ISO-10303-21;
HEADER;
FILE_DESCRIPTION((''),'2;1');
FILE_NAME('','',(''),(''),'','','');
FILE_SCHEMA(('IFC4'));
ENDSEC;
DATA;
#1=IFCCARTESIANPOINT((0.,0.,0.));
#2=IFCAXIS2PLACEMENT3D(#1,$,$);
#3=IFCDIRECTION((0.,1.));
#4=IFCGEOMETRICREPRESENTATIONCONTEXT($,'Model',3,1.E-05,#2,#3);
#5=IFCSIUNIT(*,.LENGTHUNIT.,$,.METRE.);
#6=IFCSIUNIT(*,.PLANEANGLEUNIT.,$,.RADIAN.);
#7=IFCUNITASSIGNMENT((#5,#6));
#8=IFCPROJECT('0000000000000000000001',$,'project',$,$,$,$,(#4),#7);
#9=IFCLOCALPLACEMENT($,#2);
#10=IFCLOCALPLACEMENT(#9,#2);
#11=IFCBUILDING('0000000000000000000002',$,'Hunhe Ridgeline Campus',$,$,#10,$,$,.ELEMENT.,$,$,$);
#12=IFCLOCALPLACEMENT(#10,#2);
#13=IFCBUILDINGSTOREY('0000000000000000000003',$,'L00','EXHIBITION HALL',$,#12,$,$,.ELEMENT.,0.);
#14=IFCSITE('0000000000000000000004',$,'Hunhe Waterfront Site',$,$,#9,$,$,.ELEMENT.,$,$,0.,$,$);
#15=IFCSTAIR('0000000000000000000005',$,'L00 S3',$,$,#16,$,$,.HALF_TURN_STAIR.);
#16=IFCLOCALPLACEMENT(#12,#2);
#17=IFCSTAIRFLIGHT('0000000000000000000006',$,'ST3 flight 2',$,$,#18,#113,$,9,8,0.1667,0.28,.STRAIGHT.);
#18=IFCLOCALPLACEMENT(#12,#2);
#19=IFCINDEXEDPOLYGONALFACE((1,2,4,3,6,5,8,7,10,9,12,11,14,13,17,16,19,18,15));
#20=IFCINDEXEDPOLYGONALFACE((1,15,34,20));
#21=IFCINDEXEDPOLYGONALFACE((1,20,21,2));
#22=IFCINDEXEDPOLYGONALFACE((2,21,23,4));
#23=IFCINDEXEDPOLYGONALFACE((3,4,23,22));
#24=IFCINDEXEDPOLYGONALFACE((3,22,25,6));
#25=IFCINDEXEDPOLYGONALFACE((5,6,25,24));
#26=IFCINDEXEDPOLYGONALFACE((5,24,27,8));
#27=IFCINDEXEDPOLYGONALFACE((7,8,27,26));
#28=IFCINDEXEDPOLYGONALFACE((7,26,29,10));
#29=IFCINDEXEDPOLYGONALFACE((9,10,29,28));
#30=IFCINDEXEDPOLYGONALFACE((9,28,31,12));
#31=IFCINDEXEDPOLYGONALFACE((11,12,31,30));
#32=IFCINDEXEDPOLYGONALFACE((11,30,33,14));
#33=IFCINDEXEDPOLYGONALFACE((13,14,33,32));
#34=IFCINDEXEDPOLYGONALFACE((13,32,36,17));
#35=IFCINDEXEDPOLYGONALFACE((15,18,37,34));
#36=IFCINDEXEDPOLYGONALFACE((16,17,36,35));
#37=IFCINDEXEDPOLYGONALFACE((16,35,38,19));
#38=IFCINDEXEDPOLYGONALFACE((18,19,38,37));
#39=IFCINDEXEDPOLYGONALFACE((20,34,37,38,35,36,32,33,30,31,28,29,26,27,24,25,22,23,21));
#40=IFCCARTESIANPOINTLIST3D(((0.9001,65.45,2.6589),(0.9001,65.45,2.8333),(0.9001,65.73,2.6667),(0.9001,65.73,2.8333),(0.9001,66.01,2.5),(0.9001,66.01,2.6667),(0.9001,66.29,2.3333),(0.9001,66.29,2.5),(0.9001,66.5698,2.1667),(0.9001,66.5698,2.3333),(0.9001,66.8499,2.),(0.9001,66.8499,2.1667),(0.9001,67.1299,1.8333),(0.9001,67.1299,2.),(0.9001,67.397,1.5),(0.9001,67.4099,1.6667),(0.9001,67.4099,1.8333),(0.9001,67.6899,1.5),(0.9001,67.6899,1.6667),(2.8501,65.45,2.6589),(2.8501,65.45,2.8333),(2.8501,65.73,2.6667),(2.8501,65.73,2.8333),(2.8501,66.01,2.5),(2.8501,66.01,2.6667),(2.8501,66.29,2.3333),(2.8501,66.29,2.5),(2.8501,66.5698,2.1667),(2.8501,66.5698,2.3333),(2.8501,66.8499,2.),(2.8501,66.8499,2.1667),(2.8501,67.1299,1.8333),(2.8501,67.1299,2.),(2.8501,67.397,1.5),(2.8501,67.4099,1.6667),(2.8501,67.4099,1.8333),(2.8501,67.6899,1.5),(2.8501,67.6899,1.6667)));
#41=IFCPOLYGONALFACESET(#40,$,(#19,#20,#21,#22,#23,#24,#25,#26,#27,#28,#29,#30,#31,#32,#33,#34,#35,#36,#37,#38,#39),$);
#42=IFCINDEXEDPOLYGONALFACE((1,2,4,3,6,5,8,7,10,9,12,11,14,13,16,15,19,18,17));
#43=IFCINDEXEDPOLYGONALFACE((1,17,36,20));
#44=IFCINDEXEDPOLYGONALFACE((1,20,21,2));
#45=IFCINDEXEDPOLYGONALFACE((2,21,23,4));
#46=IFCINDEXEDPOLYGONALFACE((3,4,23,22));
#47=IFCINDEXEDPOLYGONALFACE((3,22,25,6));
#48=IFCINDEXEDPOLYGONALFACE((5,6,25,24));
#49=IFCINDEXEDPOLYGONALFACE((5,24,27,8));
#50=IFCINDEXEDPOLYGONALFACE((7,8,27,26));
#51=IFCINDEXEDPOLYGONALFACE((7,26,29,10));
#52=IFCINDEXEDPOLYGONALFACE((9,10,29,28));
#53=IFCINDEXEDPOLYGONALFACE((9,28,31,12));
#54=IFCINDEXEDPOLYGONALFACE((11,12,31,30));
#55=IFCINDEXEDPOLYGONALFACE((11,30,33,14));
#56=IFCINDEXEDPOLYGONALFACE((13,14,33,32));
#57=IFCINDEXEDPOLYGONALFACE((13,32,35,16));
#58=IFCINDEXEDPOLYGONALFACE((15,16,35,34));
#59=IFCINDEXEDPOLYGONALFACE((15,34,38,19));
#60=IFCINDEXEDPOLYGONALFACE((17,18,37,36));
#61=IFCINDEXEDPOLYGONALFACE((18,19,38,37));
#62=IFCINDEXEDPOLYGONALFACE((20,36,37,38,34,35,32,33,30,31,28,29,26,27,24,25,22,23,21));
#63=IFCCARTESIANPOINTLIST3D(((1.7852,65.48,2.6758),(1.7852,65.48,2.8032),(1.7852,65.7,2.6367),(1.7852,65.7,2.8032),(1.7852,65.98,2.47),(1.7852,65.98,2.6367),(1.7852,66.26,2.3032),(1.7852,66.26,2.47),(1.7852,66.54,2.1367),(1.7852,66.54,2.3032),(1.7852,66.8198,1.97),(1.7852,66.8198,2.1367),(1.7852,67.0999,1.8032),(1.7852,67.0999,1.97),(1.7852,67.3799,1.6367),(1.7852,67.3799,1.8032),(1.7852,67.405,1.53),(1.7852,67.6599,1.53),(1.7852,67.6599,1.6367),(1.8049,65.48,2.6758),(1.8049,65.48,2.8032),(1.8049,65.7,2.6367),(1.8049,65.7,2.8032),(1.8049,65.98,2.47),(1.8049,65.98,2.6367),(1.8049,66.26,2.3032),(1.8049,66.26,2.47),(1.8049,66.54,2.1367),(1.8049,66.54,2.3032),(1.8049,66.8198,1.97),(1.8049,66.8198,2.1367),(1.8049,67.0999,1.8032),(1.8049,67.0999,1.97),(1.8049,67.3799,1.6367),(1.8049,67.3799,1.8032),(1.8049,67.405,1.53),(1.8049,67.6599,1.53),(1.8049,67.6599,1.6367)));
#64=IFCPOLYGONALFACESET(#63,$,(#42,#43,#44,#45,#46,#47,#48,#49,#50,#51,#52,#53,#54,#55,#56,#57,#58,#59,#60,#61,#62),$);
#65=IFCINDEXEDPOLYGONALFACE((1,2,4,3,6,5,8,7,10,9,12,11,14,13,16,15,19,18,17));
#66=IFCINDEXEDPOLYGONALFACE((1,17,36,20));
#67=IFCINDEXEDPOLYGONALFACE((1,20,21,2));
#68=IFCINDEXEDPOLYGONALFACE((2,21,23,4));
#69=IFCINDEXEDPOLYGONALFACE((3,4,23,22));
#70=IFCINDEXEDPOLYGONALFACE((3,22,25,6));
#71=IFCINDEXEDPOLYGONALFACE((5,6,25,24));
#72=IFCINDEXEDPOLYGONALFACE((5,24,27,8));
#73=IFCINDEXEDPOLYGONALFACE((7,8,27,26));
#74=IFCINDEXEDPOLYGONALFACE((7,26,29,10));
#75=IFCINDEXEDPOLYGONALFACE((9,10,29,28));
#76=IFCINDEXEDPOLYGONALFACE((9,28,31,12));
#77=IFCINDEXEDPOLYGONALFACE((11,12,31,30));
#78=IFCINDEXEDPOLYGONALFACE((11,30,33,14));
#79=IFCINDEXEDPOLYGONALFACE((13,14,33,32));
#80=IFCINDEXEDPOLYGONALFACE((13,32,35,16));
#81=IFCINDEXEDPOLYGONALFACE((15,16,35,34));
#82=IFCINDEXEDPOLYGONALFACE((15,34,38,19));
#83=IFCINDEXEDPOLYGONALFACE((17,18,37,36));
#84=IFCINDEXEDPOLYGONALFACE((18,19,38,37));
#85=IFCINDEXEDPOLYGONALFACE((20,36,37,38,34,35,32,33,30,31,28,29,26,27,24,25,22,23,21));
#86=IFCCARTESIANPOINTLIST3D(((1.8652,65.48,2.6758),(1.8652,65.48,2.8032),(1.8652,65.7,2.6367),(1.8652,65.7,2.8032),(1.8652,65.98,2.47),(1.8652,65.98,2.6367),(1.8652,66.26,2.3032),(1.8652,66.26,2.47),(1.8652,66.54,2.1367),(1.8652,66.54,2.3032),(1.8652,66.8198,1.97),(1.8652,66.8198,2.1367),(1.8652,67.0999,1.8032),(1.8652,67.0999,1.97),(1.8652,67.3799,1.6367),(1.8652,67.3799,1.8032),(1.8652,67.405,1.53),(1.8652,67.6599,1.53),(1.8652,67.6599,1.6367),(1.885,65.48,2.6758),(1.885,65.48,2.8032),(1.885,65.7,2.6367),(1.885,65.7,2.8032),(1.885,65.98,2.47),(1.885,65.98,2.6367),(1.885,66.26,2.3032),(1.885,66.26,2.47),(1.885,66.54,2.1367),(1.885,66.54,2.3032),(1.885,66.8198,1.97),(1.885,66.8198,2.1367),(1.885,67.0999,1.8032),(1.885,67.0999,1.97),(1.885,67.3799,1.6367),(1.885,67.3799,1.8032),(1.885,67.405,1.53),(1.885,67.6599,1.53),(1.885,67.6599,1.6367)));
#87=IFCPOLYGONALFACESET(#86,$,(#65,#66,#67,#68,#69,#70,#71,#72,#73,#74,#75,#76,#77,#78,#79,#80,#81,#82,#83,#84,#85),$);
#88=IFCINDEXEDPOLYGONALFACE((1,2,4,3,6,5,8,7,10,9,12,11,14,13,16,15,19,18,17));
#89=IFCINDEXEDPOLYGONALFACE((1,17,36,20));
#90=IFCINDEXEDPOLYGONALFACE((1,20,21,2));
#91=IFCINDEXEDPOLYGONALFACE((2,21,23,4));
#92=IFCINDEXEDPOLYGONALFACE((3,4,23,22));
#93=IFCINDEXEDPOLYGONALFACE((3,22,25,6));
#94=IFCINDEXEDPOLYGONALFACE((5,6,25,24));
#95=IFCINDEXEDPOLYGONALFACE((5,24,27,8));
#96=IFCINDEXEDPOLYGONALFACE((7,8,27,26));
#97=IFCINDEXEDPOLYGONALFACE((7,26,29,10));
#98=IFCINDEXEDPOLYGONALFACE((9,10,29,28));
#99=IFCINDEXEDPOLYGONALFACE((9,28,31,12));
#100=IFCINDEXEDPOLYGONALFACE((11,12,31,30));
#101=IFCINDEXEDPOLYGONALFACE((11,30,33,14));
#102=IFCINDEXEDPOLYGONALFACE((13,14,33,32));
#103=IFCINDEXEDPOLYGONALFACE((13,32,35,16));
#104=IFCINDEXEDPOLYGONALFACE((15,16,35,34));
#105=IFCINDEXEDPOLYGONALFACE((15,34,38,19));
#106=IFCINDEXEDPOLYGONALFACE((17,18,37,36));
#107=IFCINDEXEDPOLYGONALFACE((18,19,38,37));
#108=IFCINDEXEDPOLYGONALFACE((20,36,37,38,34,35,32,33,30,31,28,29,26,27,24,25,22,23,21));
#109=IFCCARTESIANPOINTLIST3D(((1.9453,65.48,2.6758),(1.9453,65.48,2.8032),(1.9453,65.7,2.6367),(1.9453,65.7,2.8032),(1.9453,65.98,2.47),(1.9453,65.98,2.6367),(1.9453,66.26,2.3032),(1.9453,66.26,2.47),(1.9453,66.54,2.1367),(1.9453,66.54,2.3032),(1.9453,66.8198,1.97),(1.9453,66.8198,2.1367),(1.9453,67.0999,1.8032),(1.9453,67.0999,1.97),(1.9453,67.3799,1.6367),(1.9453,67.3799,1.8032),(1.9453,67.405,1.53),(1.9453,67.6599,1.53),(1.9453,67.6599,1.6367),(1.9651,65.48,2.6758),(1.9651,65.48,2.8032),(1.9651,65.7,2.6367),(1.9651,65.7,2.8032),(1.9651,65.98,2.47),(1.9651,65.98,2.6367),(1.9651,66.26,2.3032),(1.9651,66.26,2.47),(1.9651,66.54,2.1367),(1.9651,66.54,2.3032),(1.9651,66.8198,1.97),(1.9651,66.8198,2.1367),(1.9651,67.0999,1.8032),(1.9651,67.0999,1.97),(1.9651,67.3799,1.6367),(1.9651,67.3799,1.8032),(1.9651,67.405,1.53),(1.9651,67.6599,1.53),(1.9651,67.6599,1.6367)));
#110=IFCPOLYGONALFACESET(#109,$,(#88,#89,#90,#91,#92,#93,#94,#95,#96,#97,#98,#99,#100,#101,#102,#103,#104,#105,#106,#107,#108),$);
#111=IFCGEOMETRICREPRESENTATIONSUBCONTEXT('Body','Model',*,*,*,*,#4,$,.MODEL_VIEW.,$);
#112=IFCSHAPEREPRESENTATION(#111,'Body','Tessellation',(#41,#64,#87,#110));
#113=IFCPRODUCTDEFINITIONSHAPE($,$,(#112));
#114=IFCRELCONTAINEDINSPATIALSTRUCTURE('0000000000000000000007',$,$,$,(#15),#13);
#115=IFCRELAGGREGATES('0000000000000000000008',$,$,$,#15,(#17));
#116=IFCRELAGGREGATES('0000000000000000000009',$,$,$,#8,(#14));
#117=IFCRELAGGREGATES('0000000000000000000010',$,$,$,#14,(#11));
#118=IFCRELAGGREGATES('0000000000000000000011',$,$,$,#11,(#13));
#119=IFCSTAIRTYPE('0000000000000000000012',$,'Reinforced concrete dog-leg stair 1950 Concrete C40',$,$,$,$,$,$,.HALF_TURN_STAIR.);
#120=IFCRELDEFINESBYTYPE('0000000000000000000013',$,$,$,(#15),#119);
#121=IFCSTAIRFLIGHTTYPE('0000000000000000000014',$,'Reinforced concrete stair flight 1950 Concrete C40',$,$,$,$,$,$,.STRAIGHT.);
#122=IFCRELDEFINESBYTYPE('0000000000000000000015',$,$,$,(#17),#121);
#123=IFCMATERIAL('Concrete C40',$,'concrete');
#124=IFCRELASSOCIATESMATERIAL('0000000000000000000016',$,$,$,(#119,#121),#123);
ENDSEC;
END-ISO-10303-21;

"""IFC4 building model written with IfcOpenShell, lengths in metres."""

from ifc_helpers import new_model, si_unit, direction, frame, origin, place, context, subcontext, project, spatial, polyline, outline, extrude, material, type_object, element, aggregate, save


model = new_model("IFC4")

# Units and contexts
model_context = context("Model", 3, precision=1e-05, world=origin(), true_north=direction((0.0, 1.0)))
body_context = subcontext(model_context, "Body", "Model", "MODEL_VIEW")
ifc_project = project(units=[si_unit("LENGTHUNIT", "METRE"), si_unit("PLANEANGLEUNIT", "RADIAN")], contexts=[model_context])

# Site, building, storey
site_placement = place(None, origin())
site = spatial("IfcSite", under=ifc_project, at=site_placement, Name="Hunhe Waterfront Site", CompositionType="ELEMENT", RefElevation=0.0)
building_placement = place(site_placement, origin())
building = spatial("IfcBuilding", under=site, at=building_placement, Name="Hunhe Ridgeline Campus", CompositionType="ELEMENT")
storey_placement = place(building_placement, origin())
storey = spatial("IfcBuildingStorey", under=building, at=storey_placement, Name="L00", Description="EXHIBITION HALL", CompositionType="ELEMENT", Elevation=0.0)

# Stair, stair flight
ifc_material_1 = material(Name="Concrete C40", Category="concrete")
stair_type = type_object("IfcStairType", Name="Reinforced concrete dog-leg stair 1950 Concrete C40", PredefinedType="HALF_TURN_STAIR", material=ifc_material_1)
stair_1_placement = place(storey_placement, origin())
stair_1 = element("IfcStair", 1, at=stair_1_placement, inside=storey, type_object=stair_type, Name="L00 S3", PredefinedType="HALF_TURN_STAIR")
stair_flight_type = type_object("IfcStairFlightType", Name="Reinforced concrete stair flight 1950 Concrete C40", PredefinedType="STRAIGHT", material=ifc_material_1)
stair_flight_1_placement = place(storey_placement, frame((1.875, 67.6899, 1.5), z_axis=(0.0, 0.0, 1.0), x_axis=(0.0, -1.0, 0.0)))
stair_flight_1 = element("IfcStairFlight", 2, at=stair_flight_1_placement, type_object=stair_flight_type, Name="ST3 flight 2", NumberOfRisers=9, NumberOfTreads=8, PredefinedType="STRAIGHT", RiserHeight=0.1667, TreadLength=0.28, context=body_context, shape_type="SweptSolid", body=[
    extrude(outline(polyline([(0.0, 0.0), (0.0, 0.1667), (0.28, 0.1667), (0.28, 0.3333), (0.5601, 0.3333), (0.5601, 0.5), (0.8401, 0.5), (0.8401, 0.6667), (1.1201, 0.6667), (1.1201, 0.8333), (1.3999, 0.8333), (1.3999, 1.0), (1.6799, 1.0), (1.6799, 1.1667), (1.96, 1.1667), (1.96, 1.3333), (2.24, 1.3333), (2.24, 1.5), (2.24, 1.1589), (0.293, 0.0), (0.0, 0.0)])), frame((0.0, 0.9751, 0.0), z_axis=(0.0, -1.0, 0.0), x_axis=(1.0, 0.0, 0.0)), (0.0, 0.0, 1.0), 1.95),
    extrude(outline(polyline([(0.03, 0.03), (0.03, 0.1367), (0.3101, 0.1367), (0.3101, 0.3032), (0.5901, 0.3032), (0.5901, 0.47), (0.8701, 0.47), (0.8701, 0.6367), (1.1499, 0.6367), (1.1499, 0.8032), (1.4299, 0.8032), (1.4299, 0.97), (1.71, 0.97), (1.71, 1.1367), (1.99, 1.1367), (1.99, 1.3032), (2.21, 1.3032), (2.21, 1.1758), (0.2849, 0.03), (0.03, 0.03)])), frame((0.0, -0.0701, 0.0), z_axis=(0.0, -1.0, 0.0), x_axis=(1.0, 0.0, 0.0)), (0.0, 0.0, 1.0), 0.0198),
    extrude(outline(polyline([(0.03, 0.03), (0.03, 0.1367), (0.3101, 0.1367), (0.3101, 0.3032), (0.5901, 0.3032), (0.5901, 0.47), (0.8701, 0.47), (0.8701, 0.6367), (1.1499, 0.6367), (1.1499, 0.8032), (1.4299, 0.8032), (1.4299, 0.97), (1.71, 0.97), (1.71, 1.1367), (1.99, 1.1367), (1.99, 1.3032), (2.21, 1.3032), (2.21, 1.1758), (0.2849, 0.03), (0.03, 0.03)])), frame((0.0, 0.01, 0.0), z_axis=(0.0, -1.0, 0.0), x_axis=(1.0, 0.0, 0.0)), (0.0, 0.0, 1.0), 0.0198),
    extrude(outline(polyline([(0.03, 0.03), (0.03, 0.1367), (0.3101, 0.1367), (0.3101, 0.3032), (0.5901, 0.3032), (0.5901, 0.47), (0.8701, 0.47), (0.8701, 0.6367), (1.1499, 0.6367), (1.1499, 0.8032), (1.4299, 0.8032), (1.4299, 0.97), (1.71, 0.97), (1.71, 1.1367), (1.99, 1.1367), (1.99, 1.3032), (2.21, 1.3032), (2.21, 1.1758), (0.2849, 0.03), (0.03, 0.03)])), frame((0.0, 0.0901, 0.0), z_axis=(0.0, -1.0, 0.0), x_axis=(1.0, 0.0, 0.0)), (0.0, 0.0, 1.0), 0.0198),
])
aggregate(stair_1, [stair_flight_1])

save(model, "model.ifc")
